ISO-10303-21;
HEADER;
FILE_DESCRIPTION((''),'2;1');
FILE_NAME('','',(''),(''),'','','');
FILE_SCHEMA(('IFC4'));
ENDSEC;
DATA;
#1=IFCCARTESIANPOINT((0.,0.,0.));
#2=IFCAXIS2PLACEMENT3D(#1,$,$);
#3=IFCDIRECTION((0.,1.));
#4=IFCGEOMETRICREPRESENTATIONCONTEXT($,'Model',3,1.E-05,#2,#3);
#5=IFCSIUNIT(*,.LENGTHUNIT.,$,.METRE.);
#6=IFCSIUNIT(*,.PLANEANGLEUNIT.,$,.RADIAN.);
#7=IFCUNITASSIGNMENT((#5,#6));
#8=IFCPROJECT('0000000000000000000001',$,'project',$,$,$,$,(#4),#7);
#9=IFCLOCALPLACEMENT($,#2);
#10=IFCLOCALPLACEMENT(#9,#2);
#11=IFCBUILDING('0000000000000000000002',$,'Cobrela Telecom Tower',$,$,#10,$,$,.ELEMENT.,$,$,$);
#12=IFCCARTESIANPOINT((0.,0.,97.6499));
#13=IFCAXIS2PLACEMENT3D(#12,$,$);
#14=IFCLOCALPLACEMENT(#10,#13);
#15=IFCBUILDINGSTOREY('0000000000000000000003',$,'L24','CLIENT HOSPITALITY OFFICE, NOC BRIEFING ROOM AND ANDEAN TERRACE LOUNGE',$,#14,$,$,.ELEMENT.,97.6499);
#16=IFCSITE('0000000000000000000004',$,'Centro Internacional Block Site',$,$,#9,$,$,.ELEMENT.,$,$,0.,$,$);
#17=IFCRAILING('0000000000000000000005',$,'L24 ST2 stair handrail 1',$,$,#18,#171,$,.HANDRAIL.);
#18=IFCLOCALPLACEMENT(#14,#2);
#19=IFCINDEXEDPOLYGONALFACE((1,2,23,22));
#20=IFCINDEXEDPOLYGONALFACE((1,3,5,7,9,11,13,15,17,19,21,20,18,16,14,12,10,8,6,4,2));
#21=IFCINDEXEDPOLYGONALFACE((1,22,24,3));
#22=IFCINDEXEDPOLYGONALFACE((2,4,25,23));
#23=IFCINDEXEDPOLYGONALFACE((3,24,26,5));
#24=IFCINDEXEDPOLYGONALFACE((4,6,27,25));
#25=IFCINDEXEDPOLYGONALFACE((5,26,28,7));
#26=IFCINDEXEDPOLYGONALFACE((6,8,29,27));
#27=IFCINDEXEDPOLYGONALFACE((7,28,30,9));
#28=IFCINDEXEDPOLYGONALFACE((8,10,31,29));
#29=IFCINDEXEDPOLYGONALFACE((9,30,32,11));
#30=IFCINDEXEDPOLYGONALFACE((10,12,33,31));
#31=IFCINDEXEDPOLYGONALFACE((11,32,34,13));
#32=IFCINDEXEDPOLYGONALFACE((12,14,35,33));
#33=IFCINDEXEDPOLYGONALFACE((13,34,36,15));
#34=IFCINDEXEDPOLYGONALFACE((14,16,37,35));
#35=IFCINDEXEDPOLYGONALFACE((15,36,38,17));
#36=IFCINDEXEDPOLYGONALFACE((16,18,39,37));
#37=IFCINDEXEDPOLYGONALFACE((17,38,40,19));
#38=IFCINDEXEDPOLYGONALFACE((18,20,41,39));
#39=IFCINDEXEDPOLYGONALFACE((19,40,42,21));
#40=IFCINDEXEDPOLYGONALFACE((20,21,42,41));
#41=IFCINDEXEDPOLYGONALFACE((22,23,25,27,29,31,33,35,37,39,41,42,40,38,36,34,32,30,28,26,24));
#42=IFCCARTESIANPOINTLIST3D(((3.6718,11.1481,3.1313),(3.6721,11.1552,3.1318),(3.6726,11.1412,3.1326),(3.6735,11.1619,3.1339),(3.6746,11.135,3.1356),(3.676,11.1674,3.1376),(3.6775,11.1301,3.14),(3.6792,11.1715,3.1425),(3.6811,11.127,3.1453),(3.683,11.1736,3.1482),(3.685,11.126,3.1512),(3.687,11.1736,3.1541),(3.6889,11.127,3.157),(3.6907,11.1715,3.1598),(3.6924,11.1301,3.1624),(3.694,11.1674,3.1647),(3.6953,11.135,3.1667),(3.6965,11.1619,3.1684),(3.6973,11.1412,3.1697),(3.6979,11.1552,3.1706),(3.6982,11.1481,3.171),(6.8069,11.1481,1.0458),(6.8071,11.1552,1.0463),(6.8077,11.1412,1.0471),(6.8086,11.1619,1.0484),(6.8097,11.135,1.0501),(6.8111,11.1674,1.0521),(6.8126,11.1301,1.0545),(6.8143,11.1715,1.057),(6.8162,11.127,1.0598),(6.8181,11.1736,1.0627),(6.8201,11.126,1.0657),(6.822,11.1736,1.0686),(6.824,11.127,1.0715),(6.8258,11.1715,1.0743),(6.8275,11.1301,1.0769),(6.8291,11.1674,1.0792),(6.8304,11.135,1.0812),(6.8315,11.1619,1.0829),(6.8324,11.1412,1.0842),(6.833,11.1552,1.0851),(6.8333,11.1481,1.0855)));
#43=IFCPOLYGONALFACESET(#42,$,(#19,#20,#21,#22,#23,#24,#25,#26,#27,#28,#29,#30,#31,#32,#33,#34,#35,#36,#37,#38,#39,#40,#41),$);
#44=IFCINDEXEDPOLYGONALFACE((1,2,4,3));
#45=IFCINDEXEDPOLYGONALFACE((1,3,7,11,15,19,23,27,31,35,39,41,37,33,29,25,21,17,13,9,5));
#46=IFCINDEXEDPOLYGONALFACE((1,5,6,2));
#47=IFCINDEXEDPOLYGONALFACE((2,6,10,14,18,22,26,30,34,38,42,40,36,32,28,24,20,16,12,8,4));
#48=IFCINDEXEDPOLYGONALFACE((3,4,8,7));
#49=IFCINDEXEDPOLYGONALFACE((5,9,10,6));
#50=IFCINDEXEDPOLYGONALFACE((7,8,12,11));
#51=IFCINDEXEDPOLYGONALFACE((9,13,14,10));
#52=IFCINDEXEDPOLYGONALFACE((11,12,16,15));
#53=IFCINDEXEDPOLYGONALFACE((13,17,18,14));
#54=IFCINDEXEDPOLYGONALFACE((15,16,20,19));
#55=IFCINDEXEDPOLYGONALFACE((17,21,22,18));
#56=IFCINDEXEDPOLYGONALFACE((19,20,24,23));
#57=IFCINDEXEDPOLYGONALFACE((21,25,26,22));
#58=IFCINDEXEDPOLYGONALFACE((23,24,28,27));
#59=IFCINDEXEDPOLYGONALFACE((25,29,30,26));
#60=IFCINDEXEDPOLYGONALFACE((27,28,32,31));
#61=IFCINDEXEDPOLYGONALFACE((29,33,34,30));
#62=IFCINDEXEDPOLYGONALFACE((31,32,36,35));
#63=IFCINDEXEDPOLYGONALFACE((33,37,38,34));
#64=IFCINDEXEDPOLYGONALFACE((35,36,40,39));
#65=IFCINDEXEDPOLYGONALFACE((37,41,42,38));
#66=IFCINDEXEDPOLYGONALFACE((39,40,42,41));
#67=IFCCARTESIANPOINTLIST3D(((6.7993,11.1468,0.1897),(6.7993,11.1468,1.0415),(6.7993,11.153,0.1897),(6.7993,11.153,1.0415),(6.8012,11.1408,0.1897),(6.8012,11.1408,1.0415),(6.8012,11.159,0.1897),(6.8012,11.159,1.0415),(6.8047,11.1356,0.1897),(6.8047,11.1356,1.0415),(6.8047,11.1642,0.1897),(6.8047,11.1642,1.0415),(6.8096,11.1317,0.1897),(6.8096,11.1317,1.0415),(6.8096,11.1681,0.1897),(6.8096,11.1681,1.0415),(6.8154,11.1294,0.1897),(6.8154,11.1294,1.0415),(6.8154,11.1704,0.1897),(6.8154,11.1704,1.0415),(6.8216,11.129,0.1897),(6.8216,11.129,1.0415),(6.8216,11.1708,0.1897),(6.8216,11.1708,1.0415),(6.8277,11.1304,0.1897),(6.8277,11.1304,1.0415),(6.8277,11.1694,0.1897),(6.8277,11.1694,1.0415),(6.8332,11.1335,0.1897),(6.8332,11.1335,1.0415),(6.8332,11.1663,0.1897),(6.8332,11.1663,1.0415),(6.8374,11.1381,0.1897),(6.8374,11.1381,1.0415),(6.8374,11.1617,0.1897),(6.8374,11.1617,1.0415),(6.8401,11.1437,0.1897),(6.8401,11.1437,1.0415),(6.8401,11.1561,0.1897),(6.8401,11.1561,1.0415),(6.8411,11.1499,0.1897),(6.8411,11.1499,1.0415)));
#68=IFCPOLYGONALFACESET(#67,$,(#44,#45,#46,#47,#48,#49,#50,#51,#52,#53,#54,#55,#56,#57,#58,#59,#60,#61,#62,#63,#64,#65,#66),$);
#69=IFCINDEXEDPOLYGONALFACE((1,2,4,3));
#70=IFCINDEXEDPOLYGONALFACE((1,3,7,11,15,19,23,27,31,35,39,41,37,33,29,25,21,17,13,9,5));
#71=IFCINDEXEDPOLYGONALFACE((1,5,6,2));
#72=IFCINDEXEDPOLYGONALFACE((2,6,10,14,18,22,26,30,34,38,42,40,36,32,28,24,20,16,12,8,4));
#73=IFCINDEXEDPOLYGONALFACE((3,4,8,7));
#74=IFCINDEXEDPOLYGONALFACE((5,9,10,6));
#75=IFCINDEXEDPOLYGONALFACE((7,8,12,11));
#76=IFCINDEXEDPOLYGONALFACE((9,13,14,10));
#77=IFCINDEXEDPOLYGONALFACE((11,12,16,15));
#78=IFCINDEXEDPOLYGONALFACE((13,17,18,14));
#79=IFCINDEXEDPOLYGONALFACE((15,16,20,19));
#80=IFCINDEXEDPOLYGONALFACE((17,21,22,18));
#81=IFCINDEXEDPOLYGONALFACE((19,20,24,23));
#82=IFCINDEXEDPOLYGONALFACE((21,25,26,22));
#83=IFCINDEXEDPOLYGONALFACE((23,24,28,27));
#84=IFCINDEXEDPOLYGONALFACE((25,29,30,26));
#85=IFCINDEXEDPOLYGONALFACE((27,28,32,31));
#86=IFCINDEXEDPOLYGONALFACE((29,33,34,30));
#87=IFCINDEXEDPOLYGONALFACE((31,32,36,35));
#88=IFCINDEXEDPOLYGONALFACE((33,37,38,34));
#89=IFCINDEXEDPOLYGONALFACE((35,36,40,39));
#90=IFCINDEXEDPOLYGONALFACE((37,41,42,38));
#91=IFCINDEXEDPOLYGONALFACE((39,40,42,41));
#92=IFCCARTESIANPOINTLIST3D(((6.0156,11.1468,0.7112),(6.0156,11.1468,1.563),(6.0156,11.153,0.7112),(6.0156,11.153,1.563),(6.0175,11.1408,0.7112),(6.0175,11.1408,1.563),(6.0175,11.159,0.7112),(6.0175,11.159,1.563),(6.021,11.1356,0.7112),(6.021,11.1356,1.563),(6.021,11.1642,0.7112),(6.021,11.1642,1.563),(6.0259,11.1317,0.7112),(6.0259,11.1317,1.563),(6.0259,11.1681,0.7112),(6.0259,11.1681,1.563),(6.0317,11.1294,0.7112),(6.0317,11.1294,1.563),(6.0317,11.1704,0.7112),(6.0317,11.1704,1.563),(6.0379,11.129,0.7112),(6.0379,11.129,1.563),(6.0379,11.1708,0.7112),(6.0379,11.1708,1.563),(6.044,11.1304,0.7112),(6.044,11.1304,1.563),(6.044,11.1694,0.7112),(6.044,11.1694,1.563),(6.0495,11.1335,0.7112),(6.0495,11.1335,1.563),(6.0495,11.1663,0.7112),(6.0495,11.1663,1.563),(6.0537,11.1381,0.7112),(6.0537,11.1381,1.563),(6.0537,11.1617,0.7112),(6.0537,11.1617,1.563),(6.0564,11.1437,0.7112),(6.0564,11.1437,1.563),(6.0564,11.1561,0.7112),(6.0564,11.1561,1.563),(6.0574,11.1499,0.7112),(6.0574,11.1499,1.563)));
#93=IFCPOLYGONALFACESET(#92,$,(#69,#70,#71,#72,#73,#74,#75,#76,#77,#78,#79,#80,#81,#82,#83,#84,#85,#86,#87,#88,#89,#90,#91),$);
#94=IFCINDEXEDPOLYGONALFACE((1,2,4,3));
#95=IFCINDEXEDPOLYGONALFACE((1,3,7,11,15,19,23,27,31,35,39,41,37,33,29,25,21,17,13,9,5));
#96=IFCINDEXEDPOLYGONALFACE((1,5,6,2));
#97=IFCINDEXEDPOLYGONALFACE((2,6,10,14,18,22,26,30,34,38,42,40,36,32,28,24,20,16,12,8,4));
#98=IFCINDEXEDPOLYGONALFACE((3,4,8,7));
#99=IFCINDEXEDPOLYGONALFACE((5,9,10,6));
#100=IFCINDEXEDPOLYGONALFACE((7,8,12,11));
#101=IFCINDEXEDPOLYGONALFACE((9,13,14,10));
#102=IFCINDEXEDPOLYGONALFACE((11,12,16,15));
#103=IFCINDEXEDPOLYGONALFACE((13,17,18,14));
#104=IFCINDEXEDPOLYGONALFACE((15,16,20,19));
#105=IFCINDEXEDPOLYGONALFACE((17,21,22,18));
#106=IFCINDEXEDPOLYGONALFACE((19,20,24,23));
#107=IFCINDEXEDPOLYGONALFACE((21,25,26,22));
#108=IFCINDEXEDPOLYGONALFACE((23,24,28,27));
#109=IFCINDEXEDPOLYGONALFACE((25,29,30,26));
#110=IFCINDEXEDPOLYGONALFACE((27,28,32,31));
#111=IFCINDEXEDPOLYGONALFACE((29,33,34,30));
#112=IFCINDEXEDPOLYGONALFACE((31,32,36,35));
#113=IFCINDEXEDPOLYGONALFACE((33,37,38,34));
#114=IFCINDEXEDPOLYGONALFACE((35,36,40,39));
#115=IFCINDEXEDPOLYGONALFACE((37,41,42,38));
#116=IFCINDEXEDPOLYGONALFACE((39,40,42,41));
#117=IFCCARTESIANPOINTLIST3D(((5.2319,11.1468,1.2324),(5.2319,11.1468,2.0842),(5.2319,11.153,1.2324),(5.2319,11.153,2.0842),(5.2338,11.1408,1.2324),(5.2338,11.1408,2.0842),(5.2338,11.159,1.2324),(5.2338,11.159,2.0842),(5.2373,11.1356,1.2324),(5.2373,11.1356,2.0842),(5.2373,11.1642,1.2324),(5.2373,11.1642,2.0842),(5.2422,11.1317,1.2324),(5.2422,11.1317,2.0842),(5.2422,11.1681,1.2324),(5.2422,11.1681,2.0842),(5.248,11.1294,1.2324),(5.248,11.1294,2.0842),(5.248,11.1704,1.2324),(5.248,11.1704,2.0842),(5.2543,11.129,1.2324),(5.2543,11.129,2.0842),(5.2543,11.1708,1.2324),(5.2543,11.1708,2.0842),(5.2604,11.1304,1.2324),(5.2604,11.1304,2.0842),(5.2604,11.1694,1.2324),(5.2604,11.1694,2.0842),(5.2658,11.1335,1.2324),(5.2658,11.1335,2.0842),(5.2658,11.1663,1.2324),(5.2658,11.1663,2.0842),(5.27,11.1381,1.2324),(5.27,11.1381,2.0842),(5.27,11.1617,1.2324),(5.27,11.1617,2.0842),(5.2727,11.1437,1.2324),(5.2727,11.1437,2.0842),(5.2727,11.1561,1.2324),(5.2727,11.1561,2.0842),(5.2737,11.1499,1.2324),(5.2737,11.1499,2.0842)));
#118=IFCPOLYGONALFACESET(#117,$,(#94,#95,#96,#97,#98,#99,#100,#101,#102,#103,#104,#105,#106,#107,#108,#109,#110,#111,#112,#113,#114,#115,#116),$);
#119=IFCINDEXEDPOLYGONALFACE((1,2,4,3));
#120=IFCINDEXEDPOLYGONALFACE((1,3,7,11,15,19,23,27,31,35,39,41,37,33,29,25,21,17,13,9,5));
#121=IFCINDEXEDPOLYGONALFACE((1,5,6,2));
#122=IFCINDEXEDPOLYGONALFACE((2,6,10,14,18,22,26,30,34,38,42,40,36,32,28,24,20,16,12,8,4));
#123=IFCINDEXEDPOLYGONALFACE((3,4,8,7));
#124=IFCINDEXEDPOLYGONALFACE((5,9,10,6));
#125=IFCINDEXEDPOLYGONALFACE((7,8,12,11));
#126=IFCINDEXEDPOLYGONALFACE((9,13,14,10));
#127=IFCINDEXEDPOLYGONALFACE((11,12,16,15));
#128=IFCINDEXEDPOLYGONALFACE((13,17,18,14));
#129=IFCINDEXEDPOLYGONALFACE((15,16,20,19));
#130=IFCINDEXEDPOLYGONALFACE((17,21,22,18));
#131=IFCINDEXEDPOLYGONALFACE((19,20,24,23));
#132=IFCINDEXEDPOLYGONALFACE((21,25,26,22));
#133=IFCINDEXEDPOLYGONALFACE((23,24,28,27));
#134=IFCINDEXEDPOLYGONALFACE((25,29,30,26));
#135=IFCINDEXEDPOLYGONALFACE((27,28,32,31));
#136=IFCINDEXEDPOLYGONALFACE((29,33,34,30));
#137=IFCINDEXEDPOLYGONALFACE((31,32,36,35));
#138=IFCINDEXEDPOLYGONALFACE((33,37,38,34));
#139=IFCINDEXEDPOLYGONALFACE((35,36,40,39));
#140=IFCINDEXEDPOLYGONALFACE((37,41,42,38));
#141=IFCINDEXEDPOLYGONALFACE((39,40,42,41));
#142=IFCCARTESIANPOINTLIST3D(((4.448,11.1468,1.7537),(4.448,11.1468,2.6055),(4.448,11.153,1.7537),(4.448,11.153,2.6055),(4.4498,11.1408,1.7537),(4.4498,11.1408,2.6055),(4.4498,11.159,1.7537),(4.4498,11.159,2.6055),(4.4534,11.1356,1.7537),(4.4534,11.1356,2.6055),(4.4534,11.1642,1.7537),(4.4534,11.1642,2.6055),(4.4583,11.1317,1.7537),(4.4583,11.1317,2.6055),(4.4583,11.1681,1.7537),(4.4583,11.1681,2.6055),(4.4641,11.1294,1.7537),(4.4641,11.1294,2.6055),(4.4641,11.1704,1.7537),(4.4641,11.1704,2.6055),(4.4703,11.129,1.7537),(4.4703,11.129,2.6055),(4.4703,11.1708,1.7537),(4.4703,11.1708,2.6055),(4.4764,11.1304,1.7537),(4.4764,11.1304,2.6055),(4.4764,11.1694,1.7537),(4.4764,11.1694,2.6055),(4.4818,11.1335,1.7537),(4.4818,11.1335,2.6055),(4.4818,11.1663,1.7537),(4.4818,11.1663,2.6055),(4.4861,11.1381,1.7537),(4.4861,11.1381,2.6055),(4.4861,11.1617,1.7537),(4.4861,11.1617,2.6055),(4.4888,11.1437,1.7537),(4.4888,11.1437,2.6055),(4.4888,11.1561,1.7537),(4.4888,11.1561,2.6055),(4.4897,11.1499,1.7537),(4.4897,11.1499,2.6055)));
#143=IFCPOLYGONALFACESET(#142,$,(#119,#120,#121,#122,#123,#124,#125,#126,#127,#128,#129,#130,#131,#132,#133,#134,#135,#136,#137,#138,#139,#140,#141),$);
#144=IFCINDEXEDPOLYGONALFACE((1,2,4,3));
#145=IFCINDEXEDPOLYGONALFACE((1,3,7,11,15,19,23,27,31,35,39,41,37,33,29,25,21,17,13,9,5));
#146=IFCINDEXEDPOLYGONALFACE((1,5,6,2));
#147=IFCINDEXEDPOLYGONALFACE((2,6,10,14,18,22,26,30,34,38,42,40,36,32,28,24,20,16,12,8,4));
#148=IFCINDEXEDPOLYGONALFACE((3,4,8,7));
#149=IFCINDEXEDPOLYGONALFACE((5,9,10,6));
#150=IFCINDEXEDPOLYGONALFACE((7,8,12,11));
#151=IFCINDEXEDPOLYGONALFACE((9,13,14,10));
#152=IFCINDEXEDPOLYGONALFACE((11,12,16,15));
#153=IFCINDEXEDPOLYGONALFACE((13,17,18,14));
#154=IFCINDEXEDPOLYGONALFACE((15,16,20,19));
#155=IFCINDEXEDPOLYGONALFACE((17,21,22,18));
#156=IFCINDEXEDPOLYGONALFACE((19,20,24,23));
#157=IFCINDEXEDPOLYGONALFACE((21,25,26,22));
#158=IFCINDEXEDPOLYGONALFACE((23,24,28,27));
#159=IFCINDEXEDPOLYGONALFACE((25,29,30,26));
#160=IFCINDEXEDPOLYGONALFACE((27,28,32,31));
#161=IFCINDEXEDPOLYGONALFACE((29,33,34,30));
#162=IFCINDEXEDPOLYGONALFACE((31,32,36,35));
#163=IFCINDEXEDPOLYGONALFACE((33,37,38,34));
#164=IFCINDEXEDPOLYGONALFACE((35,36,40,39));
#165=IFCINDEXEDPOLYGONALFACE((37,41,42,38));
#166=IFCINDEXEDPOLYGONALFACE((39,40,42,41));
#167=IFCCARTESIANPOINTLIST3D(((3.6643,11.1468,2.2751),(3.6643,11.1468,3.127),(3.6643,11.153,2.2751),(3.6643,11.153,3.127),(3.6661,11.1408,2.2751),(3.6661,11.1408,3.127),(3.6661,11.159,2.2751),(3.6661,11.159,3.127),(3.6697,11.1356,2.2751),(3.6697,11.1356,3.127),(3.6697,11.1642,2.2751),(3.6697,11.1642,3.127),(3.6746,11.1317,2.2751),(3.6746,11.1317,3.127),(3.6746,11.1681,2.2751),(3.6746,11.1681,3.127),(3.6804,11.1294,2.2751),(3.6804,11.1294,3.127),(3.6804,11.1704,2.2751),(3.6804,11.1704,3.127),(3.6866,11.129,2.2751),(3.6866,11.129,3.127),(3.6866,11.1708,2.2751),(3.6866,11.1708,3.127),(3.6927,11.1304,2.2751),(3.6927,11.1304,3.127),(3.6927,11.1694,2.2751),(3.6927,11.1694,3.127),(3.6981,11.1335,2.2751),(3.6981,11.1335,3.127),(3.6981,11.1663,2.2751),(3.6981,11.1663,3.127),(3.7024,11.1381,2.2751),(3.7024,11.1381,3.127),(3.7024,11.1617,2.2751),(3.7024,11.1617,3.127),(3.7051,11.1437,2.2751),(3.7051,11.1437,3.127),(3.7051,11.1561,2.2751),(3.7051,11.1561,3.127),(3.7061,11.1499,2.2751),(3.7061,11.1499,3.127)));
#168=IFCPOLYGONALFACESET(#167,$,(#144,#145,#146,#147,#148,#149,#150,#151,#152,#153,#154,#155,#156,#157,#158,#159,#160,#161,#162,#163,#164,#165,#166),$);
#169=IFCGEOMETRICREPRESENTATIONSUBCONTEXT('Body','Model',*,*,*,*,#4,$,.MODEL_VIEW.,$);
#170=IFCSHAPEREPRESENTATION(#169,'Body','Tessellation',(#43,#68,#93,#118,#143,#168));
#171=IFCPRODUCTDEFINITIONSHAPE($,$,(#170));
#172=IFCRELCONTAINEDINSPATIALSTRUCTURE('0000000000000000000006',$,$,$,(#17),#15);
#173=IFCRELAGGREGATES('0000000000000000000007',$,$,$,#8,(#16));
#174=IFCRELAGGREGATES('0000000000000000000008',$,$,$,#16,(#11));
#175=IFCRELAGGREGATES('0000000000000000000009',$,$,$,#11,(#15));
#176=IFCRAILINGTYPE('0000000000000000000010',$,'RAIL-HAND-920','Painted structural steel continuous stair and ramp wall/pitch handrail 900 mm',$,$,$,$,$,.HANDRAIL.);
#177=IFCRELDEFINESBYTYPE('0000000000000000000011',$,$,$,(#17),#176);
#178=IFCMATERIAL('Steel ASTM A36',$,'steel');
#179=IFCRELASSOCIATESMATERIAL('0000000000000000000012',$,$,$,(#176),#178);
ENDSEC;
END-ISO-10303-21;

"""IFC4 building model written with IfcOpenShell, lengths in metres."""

from ifc_helpers import new_model, si_unit, direction, frame, origin, origin_2d, place, context, subcontext, project, spatial, circle, extrude, material, type_object, element, save


model = new_model("IFC4")

# Units and contexts
model_context = context("Model", 3, precision=1e-05, world=origin(), true_north=direction((0.0, 1.0)))
body_context = subcontext(model_context, "Body", "Model", "MODEL_VIEW")
ifc_project = project(units=[si_unit("LENGTHUNIT", "METRE"), si_unit("PLANEANGLEUNIT", "RADIAN")], contexts=[model_context])

# Site, building, storey
site_placement = place(None, origin())
site = spatial("IfcSite", under=ifc_project, at=site_placement, Name="Centro Internacional Block Site", CompositionType="ELEMENT", RefElevation=0.0)
building_placement = place(site_placement, origin())
building = spatial("IfcBuilding", under=site, at=building_placement, Name="Cobrela Telecom Tower", CompositionType="ELEMENT")
storey_placement = place(building_placement, frame((0.0, 0.0, 97.6499)))
storey = spatial("IfcBuildingStorey", under=building, at=storey_placement, Name="L24", Description="CLIENT HOSPITALITY OFFICE, NOC BRIEFING ROOM AND ANDEAN TERRACE LOUNGE", CompositionType="ELEMENT", Elevation=97.6499)

# Shared definitions
ifc_material_1 = material(Name="Steel ASTM A36", Category="steel")

# Railing
railing_type_1 = type_object("IfcRailingType", Name="RAIL-HAND-920", Description="Painted structural steel continuous stair and ramp wall/pitch handrail 900 mm", PredefinedType="HANDRAIL", material=ifc_material_1)
railing_1_placement = place(storey_placement, frame((6.8201, 11.1499, 0.1897)))
element("IfcRailing", 1, at=railing_1_placement, inside=storey, type_object=railing_type_1, Name="L24 ST2 stair handrail 1", PredefinedType="HANDRAIL", context=body_context, shape_type="SweptSolid", body=[
    extrude(circle(Radius=0.0239, at=origin_2d()), frame((0.0, 0.0, 0.876), z_axis=(-0.832608, 0.0, 0.553862), x_axis=(0.0, -1.0, 0.0)), (0.0, 0.0, 1.0), 3.7654),
    extrude(circle(Radius=0.021, at=origin_2d()), origin(), (0.0, 0.0, 1.0), 0.8518),
    extrude(circle(Radius=0.021, at=origin_2d()), frame((-0.7837, 0.0, 0.5215)), (0.0, 0.0, 1.0), 0.8518),
    extrude(circle(Radius=0.021, at=origin_2d()), frame((-1.5674, 0.0, 1.0427)), (0.0, 0.0, 1.0), 0.8518),
    extrude(circle(Radius=0.021, at=origin_2d()), frame((-2.3513, 0.0, 1.564)), (0.0, 0.0, 1.0), 0.8518),
    extrude(circle(Radius=0.021, at=origin_2d()), frame((-3.135, 0.0, 2.0854)), (0.0, 0.0, 1.0), 0.8518),
])

save(model, "model.ifc")
